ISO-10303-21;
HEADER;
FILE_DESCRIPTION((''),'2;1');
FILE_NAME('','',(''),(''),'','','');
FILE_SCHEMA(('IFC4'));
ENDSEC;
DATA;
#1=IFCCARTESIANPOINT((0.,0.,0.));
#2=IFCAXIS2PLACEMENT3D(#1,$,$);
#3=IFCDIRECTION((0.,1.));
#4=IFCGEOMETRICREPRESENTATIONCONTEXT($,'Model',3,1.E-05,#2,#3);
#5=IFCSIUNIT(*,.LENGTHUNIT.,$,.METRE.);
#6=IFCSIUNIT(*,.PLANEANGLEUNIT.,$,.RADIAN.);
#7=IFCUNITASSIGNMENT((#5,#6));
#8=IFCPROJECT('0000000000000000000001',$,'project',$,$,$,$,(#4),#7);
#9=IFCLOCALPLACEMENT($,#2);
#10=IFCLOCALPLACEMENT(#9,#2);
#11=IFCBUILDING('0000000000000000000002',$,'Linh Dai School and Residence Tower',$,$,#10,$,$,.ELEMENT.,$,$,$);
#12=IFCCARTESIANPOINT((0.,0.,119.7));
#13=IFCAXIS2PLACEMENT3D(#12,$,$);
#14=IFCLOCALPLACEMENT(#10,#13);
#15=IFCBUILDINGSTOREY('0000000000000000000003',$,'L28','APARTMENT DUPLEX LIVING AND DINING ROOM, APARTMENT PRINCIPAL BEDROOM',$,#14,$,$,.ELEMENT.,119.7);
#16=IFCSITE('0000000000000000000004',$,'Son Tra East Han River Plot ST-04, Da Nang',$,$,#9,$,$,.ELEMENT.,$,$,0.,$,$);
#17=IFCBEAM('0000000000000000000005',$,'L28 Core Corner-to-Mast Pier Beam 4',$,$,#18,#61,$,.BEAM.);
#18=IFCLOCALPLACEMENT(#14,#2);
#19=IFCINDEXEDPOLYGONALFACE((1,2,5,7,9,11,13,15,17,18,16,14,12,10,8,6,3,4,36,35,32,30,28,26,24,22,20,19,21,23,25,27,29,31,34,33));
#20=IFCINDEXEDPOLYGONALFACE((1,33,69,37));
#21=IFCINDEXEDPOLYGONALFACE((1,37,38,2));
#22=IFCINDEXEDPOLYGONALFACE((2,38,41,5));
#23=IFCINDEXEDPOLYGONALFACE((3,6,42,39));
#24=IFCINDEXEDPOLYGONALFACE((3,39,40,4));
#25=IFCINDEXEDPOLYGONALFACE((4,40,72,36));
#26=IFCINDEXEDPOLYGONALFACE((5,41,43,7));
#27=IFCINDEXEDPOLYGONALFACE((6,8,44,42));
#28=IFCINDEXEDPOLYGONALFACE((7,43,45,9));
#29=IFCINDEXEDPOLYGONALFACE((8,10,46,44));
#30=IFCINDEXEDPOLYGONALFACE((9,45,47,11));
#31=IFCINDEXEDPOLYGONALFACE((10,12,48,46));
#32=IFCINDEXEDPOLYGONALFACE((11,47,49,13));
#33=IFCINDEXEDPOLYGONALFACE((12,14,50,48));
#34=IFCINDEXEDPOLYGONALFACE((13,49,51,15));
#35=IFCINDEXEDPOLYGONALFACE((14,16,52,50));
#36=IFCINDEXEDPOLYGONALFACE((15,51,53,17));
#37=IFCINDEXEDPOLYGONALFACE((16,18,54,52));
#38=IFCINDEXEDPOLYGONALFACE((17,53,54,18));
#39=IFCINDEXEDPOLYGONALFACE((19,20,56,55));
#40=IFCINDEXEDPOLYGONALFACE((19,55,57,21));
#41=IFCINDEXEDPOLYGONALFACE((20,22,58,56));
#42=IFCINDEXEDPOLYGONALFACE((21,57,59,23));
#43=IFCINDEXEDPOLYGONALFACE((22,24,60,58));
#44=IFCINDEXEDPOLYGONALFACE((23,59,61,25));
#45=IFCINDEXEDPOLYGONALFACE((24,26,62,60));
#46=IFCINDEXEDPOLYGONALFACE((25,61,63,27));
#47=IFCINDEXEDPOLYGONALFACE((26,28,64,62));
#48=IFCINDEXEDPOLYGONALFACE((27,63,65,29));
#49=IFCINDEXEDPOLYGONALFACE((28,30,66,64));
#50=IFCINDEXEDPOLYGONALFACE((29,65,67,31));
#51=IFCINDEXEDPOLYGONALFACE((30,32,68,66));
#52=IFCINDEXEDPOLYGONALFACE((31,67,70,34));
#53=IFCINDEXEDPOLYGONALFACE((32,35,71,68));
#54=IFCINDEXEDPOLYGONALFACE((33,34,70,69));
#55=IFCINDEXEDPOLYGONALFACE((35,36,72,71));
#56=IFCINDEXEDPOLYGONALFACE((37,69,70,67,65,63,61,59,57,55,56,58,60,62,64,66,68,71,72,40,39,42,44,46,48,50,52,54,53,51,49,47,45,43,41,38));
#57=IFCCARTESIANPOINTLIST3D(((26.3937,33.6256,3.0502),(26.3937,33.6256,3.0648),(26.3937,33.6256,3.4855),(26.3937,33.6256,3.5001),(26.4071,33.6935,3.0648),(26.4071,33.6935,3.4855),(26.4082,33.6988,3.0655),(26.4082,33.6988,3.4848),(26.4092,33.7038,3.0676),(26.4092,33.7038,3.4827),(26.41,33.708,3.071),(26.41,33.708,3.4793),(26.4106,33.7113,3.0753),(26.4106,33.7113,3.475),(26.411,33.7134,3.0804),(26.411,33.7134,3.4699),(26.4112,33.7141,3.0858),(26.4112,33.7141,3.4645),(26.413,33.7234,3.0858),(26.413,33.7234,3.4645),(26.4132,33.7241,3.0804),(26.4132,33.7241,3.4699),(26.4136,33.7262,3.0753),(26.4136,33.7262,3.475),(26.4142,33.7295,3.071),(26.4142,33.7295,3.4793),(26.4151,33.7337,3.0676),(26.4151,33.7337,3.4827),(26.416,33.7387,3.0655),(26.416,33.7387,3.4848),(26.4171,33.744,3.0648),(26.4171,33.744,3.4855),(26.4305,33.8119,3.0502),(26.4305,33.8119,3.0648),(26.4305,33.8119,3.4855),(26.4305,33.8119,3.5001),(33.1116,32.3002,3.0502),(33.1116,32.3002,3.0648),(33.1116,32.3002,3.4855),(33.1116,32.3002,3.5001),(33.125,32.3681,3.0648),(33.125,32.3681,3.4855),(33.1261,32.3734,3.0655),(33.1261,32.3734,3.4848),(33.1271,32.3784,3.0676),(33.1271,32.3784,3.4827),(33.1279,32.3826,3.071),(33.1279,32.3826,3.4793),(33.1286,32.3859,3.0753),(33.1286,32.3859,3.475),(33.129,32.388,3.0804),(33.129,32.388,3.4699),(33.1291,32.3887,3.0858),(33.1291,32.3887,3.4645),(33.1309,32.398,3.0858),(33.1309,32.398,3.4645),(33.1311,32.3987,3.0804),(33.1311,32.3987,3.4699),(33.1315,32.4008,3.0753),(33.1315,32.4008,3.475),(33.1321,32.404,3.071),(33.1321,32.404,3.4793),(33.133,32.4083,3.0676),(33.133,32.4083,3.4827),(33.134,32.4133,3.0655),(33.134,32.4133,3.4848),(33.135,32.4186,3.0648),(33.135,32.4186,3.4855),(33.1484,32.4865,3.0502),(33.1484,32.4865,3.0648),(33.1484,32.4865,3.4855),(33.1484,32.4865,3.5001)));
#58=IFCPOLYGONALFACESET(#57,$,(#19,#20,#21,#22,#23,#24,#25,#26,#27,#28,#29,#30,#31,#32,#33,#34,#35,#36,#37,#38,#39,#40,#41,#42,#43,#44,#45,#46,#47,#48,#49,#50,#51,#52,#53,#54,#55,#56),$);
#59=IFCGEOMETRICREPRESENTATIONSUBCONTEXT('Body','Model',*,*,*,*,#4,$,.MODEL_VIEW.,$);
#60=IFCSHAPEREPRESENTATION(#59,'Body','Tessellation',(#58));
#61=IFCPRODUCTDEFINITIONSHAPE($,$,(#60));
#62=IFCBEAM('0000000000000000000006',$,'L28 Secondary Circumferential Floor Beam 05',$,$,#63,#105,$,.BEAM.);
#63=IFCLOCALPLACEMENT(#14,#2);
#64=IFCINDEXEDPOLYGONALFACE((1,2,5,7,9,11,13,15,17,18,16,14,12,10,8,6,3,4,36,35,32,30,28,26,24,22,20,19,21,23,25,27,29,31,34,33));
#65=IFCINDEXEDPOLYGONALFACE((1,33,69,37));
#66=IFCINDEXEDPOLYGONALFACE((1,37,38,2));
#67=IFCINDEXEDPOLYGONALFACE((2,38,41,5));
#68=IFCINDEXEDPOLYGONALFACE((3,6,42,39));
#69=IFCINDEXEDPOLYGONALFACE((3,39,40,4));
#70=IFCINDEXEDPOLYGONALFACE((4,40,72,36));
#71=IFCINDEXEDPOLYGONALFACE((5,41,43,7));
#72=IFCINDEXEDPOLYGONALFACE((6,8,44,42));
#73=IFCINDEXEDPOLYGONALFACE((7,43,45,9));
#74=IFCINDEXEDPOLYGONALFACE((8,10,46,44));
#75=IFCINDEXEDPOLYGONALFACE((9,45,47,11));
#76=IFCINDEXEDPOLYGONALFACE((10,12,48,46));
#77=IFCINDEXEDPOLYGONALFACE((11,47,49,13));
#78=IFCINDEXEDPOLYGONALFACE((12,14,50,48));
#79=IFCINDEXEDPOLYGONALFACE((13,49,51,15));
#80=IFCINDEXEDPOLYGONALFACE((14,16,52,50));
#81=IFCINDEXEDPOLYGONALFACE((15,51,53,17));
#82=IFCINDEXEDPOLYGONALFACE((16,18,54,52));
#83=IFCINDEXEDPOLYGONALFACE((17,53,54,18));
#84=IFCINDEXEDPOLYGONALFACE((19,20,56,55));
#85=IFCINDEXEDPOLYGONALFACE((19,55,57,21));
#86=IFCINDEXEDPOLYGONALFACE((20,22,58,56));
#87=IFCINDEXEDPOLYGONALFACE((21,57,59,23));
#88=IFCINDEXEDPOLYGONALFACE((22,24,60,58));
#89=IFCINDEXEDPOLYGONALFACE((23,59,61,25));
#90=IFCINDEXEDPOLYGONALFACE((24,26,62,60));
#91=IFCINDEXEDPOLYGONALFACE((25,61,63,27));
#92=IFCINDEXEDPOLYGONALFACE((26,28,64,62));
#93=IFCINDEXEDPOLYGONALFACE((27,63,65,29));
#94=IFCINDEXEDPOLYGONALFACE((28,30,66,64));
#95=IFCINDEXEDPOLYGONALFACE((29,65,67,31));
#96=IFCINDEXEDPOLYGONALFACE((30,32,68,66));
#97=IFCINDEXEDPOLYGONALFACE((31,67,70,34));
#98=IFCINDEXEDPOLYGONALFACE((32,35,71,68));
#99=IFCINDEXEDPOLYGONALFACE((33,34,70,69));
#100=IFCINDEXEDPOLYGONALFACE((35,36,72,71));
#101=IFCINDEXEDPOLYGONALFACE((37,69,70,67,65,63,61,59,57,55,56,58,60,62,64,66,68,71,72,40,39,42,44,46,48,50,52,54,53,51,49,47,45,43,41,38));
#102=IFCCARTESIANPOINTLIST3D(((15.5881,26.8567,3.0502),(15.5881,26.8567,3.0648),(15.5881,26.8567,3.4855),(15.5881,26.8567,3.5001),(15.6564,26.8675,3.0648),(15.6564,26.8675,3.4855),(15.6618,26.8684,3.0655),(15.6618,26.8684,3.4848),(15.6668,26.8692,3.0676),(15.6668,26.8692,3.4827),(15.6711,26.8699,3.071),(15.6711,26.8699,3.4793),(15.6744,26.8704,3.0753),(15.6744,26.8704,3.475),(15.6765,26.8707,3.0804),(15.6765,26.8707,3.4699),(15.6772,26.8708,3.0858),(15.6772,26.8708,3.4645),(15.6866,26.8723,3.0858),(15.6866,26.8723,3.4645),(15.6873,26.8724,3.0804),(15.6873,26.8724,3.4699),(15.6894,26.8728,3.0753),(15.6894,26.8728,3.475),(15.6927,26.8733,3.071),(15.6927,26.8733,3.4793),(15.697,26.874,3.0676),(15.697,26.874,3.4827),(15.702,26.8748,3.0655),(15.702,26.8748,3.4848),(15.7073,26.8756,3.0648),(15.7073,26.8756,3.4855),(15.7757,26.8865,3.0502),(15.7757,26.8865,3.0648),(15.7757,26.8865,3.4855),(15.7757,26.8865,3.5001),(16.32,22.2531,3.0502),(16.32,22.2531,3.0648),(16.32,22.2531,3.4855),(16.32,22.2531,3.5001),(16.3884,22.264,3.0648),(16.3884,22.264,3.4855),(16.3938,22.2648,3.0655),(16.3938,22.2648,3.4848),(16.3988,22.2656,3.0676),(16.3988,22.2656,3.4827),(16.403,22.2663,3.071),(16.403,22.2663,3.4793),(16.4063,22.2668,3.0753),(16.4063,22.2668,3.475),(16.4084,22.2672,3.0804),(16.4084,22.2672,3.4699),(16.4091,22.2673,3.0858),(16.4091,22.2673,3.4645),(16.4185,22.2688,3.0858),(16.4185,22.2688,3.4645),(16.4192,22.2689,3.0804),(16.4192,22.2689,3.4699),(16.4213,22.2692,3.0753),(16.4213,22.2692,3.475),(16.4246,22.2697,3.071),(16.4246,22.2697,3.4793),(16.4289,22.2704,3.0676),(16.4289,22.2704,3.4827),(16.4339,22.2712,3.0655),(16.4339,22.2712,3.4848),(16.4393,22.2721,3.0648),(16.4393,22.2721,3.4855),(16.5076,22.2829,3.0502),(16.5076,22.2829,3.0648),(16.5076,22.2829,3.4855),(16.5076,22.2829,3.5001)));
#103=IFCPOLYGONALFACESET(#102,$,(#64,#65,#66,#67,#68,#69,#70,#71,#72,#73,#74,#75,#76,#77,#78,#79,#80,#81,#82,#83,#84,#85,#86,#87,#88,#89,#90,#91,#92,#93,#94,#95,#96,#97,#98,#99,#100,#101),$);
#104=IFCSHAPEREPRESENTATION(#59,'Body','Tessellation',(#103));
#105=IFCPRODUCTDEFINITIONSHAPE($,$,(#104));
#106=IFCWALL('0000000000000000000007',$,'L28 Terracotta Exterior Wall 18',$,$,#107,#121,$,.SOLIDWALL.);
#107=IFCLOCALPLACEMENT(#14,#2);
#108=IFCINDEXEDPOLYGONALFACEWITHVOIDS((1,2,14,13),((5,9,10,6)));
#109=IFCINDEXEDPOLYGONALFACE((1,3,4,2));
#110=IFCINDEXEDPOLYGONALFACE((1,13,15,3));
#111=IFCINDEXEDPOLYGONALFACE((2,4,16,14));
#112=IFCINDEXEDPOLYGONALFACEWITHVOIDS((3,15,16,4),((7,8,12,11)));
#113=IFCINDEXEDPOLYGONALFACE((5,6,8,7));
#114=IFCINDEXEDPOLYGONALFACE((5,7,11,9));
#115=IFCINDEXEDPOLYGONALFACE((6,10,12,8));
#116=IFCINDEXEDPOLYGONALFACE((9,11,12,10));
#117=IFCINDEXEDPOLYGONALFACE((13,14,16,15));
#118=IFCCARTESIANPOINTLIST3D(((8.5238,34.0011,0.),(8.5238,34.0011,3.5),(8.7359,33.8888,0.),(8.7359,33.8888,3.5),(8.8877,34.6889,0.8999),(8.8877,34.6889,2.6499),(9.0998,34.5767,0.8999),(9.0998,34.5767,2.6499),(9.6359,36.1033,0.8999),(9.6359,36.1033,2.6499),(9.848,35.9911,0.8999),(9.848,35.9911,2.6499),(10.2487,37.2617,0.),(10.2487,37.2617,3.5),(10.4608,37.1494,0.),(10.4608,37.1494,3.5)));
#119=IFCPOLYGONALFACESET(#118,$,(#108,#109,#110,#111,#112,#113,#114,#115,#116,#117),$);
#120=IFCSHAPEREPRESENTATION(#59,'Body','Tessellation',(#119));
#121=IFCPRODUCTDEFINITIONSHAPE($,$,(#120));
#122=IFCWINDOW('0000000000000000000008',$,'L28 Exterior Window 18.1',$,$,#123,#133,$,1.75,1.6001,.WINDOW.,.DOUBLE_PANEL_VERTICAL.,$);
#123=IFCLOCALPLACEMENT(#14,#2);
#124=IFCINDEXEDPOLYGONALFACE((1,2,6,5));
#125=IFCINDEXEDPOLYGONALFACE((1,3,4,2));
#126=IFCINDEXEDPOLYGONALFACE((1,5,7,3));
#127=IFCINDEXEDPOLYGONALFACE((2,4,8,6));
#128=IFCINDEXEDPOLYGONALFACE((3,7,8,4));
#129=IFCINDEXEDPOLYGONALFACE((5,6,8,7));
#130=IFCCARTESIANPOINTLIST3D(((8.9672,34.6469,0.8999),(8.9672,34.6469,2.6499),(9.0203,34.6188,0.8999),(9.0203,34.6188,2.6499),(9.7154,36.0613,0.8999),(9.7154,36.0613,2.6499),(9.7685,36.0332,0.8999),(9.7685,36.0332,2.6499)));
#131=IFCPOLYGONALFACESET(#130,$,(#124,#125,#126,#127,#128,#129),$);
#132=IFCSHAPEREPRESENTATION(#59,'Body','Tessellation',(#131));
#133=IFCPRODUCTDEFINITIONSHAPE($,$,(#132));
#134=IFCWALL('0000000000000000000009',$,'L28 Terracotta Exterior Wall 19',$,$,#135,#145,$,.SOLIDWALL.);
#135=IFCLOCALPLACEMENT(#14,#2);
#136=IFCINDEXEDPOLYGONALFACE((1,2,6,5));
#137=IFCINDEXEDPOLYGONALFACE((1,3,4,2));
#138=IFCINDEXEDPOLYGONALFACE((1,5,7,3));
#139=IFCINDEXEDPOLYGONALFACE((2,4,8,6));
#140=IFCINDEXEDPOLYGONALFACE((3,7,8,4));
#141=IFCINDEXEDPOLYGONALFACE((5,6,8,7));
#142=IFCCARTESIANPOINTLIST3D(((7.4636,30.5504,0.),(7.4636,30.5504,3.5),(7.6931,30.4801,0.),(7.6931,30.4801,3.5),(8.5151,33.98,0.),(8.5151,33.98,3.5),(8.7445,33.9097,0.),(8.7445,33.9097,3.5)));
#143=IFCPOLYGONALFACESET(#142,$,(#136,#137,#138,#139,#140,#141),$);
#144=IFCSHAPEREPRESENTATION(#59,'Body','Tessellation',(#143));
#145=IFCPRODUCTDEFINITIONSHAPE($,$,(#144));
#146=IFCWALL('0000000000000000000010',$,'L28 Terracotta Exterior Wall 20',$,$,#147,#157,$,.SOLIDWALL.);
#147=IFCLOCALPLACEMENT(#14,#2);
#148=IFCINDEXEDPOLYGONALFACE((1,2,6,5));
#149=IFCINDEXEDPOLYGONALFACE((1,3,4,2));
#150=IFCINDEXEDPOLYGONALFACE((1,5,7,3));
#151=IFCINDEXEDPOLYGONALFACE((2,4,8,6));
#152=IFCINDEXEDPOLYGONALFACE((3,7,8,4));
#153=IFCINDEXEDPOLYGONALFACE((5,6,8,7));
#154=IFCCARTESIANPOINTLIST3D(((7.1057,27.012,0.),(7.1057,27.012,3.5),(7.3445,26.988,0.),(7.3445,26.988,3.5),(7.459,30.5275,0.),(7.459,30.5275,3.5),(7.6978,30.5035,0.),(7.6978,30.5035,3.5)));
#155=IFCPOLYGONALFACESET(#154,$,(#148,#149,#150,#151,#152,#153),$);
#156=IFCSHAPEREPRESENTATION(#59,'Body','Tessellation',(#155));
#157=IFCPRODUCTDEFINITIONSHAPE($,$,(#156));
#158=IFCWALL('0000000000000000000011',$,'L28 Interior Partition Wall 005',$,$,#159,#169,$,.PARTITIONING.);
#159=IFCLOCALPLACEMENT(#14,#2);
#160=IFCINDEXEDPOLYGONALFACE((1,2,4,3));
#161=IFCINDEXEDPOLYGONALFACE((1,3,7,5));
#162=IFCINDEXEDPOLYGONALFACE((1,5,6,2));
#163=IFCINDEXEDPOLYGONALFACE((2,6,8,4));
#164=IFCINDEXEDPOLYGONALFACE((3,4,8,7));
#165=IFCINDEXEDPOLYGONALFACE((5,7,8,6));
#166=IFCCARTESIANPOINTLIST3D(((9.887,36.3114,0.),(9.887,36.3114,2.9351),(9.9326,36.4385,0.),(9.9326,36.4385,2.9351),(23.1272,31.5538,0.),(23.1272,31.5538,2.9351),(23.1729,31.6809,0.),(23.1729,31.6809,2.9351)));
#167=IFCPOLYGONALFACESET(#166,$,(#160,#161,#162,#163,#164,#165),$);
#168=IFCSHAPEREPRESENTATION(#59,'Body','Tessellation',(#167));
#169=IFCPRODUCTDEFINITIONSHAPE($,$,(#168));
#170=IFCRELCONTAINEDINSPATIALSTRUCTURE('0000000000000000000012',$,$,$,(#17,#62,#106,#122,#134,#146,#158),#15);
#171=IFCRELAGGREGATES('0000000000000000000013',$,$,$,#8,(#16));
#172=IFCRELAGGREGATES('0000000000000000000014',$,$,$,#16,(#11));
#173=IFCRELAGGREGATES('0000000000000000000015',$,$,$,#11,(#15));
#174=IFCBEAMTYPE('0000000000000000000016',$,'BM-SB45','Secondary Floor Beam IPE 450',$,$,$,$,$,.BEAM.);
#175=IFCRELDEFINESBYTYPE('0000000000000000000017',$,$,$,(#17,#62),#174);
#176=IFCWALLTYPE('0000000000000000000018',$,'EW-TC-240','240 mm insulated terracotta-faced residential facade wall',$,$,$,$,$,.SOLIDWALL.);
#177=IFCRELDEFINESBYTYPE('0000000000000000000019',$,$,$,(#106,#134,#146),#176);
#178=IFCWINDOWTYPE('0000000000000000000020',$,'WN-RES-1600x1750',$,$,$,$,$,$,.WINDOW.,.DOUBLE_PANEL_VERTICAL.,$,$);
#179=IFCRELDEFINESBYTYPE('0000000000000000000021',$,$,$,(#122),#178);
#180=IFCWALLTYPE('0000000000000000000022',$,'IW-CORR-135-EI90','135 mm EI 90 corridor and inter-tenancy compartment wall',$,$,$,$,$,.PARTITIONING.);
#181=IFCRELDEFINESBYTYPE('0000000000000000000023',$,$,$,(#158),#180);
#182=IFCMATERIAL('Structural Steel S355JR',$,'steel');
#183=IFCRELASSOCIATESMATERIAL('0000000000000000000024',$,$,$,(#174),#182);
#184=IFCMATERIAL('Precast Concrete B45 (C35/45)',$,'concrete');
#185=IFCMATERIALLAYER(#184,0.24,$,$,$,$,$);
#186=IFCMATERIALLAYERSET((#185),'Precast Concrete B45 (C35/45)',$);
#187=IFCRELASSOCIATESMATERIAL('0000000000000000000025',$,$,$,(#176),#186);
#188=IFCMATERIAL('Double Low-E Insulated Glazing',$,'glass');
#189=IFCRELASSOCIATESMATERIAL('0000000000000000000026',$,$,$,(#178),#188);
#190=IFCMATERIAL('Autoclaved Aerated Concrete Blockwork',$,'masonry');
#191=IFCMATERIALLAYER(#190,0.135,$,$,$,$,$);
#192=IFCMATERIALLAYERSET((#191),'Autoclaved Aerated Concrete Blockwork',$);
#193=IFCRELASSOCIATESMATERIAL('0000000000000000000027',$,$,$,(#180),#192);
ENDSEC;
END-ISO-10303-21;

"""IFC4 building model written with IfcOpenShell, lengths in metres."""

from ifc_helpers import new_model, si_unit, direction, frame, frame_2d, origin, origin_2d, place, context, subcontext, project, spatial, rectangle, i_section, extrude, source, transform, mapped, material, layer, layer_set, material_profile, profile_set, type_object, element, fill, save


model = new_model("IFC4")

# Units and contexts
model_context = context("Model", 3, precision=1e-05, world=origin(), true_north=direction((0.0, 1.0)))
body_context = subcontext(model_context, "Body", "Model", "MODEL_VIEW")
ifc_project = project(units=[si_unit("LENGTHUNIT", "METRE"), si_unit("PLANEANGLEUNIT", "RADIAN")], contexts=[model_context])

# Site, building, storey
site_placement = place(None, origin())
site = spatial("IfcSite", under=ifc_project, at=site_placement, Name="Son Tra East Han River Plot ST-04, Da Nang", CompositionType="ELEMENT", RefElevation=0.0)
building_placement = place(site_placement, origin())
building = spatial("IfcBuilding", under=site, at=building_placement, Name="Linh Dai School and Residence Tower", CompositionType="ELEMENT")
storey_placement = place(building_placement, frame((0.0, 0.0, 119.7)))
storey = spatial("IfcBuildingStorey", under=building, at=storey_placement, Name="L28", Description="APARTMENT DUPLEX LIVING AND DINING ROOM, APARTMENT PRINCIPAL BEDROOM", CompositionType="ELEMENT", Elevation=119.7)

# Shared definitions
ifc_material_1 = material(Name="Structural Steel S355JR", Category="steel")

# Beams
ifc_material_profile_1 = material_profile(ifc_material_1, i_section(OverallWidth=0.1899, OverallDepth=0.45, WebThickness=0.0095, FlangeThickness=0.0146, FilletRadius=0.021, at=origin_2d()), Name="IPE 450")
ifc_profile_set_1 = profile_set([ifc_material_profile_1], Name="Structural Steel S355JR")
beam_type_1 = type_object("IfcBeamType", Name="BM-SB45", Description="Secondary Floor Beam IPE 450", PredefinedType="BEAM", material=ifc_profile_set_1)
beam_1_placement = place(storey_placement, frame((26.4121, 33.7188, 3.2751), z_axis=(0.981087, -0.193565, 0.0), x_axis=(0.193565, 0.981087, 0.0)))
element("IfcBeam", 1, at=beam_1_placement, inside=storey, type_object=beam_type_1, Name="L28 Core Corner-to-Mast Pier Beam 4", PredefinedType="BEAM", context=body_context, shape_type="SweptSolid", body=[
    extrude(i_section(OverallWidth=0.1899, OverallDepth=0.45, WebThickness=0.0095, FlangeThickness=0.0146, FilletRadius=0.021, at=origin_2d()), origin(), (0.0, 0.0, 1.0), 6.8474),
])
beam_2_placement = place(storey_placement, frame((15.6819, 26.8716, 3.2751), z_axis=(0.157022, -0.987595, 0.0), x_axis=(0.987595, 0.157022, 0.0)))
element("IfcBeam", 2, at=beam_2_placement, inside=storey, type_object=beam_type_1, Name="L28 Secondary Circumferential Floor Beam 05", PredefinedType="BEAM", context=body_context, shape_type="SweptSolid", body=[
    extrude(i_section(OverallWidth=0.1899, OverallDepth=0.45, WebThickness=0.0095, FlangeThickness=0.0146, FilletRadius=0.021, at=origin_2d()), origin(), (0.0, 0.0, 1.0), 4.6614),
])

# Wall, opening, window
ifc_material_2 = material(Name="Precast Concrete B45 (C35/45)", Category="concrete")
ifc_layer_1 = layer(ifc_material_2, 0.24)
ifc_layer_set_1 = layer_set([ifc_layer_1], Name="Precast Concrete B45 (C35/45)")
wall_type_1 = type_object("IfcWallType", Name="EW-TC-240", Description="240 mm insulated terracotta-faced residential facade wall", PredefinedType="SOLIDWALL", material=ifc_layer_set_1)
wall_1_placement = place(storey_placement, frame((8.6299, 33.9451, 0.0), z_axis=(0.0, 0.0, 1.0), x_axis=(0.467614, 0.883933, 0.0)))
wall_1 = element("IfcWall", 3, at=wall_1_placement, inside=storey, type_object=wall_type_1, Name="L28 Terracotta Exterior Wall 18", PredefinedType="SOLIDWALL", context=body_context, shape_type="SweptSolid", body=[
    extrude(rectangle(XDim=3.6887, YDim=0.24, at=frame_2d((1.8442, 0.0))), origin(), (0.0, 0.0, 1.0), 3.5),
])
opening_1_placement = place(wall_1_placement, frame((0.7781, 0.0, 0.8999)))
opening_1 = element("IfcOpeningElement", 4, at=opening_1_placement, cuts=wall_1, PredefinedType="OPENING", context=body_context, shape_type="SweptSolid", body=[
    extrude(rectangle(XDim=1.6001, YDim=1.75, at=origin_2d()), frame((0.8, 0.1299, 0.875), z_axis=(0.0, -1.0, 0.0), x_axis=(1.0, 0.0, 0.0)), (0.0, 0.0, 1.0), 0.26),
])
ifc_material_3 = material(Name="Double Low-E Insulated Glazing", Category="glass")
window_type = type_object("IfcWindowType", Name="WN-RES-1600x1750", PartitioningType="DOUBLE_PANEL_VERTICAL", PredefinedType="WINDOW", material=ifc_material_3)
shared_shape_1 = source(origin(), body_context, "Body", "SweptSolid", [
    extrude(rectangle(XDim=1.6001, YDim=1.75, at=origin_2d()), frame((0.8, 0.03, 0.875), z_axis=(0.0, -1.0, 0.0), x_axis=(1.0, 0.0, 0.0)), (0.0, 0.0, 1.0), 0.0601),
])
window_placement = place(opening_1_placement, origin())
window = element("IfcWindow", 5, at=window_placement, inside=storey, type_object=window_type, Name="L28 Exterior Window 18.1", OverallHeight=1.75, OverallWidth=1.6001, PartitioningType="DOUBLE_PANEL_VERTICAL", PredefinedType="WINDOW", context=body_context, shape_type="MappedRepresentation", body=[
    mapped(shared_shape_1, transform((0.0, 0.0, 0.0), x_axis=(1.0, 0.0, 0.0), y_axis=(0.0, 1.0, 0.0), z_axis=(0.0, 0.0, 1.0), scale=1.0)),
])
fill(opening_1, window)

# Walls
wall_2_placement = place(storey_placement, frame((7.5784, 30.5154, 0.0), z_axis=(0.0, 0.0, 1.0), x_axis=(0.293124, 0.956074, 0.0)))
element("IfcWall", 6, at=wall_2_placement, inside=storey, type_object=wall_type_1, Name="L28 Terracotta Exterior Wall 19", PredefinedType="SOLIDWALL", context=body_context, shape_type="SweptSolid", body=[
    extrude(rectangle(XDim=3.5872, YDim=0.24, at=frame_2d((1.7935, 0.0))), origin(), (0.0, 0.0, 1.0), 3.5),
])
wall_3_placement = place(storey_placement, frame((7.2251, 27.0, 0.0), z_axis=(0.0, 0.0, 1.0), x_axis=(0.099989, 0.994988, 0.0)))
element("IfcWall", 7, at=wall_3_placement, inside=storey, type_object=wall_type_1, Name="L28 Terracotta Exterior Wall 20", PredefinedType="SOLIDWALL", context=body_context, shape_type="SweptSolid", body=[
    extrude(rectangle(XDim=3.5332, YDim=0.24, at=frame_2d((1.7666, 0.0))), origin(), (0.0, 0.0, 1.0), 3.5),
])
ifc_material_4 = material(Name="Autoclaved Aerated Concrete Blockwork", Category="masonry")
ifc_layer_2 = layer(ifc_material_4, 0.135)
ifc_layer_set_2 = layer_set([ifc_layer_2], Name="Autoclaved Aerated Concrete Blockwork")
wall_type_2 = type_object("IfcWallType", Name="IW-CORR-135-EI90", Description="135 mm EI 90 corridor and inter-tenancy compartment wall", PredefinedType="PARTITIONING", material=ifc_layer_set_2)
wall_4_placement = place(storey_placement, frame((9.9097, 36.375, 0.0), z_axis=(0.0, 0.0, 1.0), x_axis=(0.941089, -0.338158, 0.0)))
element("IfcWall", 8, at=wall_4_placement, inside=storey, type_object=wall_type_2, Name="L28 Interior Partition Wall 005", PredefinedType="PARTITIONING", context=body_context, shape_type="SweptSolid", body=[
    extrude(rectangle(XDim=14.0691, YDim=0.135, at=frame_2d((7.0347, 0.0))), origin(), (0.0, 0.0, 1.0), 2.9351),
])

save(model, "model.ifc")
